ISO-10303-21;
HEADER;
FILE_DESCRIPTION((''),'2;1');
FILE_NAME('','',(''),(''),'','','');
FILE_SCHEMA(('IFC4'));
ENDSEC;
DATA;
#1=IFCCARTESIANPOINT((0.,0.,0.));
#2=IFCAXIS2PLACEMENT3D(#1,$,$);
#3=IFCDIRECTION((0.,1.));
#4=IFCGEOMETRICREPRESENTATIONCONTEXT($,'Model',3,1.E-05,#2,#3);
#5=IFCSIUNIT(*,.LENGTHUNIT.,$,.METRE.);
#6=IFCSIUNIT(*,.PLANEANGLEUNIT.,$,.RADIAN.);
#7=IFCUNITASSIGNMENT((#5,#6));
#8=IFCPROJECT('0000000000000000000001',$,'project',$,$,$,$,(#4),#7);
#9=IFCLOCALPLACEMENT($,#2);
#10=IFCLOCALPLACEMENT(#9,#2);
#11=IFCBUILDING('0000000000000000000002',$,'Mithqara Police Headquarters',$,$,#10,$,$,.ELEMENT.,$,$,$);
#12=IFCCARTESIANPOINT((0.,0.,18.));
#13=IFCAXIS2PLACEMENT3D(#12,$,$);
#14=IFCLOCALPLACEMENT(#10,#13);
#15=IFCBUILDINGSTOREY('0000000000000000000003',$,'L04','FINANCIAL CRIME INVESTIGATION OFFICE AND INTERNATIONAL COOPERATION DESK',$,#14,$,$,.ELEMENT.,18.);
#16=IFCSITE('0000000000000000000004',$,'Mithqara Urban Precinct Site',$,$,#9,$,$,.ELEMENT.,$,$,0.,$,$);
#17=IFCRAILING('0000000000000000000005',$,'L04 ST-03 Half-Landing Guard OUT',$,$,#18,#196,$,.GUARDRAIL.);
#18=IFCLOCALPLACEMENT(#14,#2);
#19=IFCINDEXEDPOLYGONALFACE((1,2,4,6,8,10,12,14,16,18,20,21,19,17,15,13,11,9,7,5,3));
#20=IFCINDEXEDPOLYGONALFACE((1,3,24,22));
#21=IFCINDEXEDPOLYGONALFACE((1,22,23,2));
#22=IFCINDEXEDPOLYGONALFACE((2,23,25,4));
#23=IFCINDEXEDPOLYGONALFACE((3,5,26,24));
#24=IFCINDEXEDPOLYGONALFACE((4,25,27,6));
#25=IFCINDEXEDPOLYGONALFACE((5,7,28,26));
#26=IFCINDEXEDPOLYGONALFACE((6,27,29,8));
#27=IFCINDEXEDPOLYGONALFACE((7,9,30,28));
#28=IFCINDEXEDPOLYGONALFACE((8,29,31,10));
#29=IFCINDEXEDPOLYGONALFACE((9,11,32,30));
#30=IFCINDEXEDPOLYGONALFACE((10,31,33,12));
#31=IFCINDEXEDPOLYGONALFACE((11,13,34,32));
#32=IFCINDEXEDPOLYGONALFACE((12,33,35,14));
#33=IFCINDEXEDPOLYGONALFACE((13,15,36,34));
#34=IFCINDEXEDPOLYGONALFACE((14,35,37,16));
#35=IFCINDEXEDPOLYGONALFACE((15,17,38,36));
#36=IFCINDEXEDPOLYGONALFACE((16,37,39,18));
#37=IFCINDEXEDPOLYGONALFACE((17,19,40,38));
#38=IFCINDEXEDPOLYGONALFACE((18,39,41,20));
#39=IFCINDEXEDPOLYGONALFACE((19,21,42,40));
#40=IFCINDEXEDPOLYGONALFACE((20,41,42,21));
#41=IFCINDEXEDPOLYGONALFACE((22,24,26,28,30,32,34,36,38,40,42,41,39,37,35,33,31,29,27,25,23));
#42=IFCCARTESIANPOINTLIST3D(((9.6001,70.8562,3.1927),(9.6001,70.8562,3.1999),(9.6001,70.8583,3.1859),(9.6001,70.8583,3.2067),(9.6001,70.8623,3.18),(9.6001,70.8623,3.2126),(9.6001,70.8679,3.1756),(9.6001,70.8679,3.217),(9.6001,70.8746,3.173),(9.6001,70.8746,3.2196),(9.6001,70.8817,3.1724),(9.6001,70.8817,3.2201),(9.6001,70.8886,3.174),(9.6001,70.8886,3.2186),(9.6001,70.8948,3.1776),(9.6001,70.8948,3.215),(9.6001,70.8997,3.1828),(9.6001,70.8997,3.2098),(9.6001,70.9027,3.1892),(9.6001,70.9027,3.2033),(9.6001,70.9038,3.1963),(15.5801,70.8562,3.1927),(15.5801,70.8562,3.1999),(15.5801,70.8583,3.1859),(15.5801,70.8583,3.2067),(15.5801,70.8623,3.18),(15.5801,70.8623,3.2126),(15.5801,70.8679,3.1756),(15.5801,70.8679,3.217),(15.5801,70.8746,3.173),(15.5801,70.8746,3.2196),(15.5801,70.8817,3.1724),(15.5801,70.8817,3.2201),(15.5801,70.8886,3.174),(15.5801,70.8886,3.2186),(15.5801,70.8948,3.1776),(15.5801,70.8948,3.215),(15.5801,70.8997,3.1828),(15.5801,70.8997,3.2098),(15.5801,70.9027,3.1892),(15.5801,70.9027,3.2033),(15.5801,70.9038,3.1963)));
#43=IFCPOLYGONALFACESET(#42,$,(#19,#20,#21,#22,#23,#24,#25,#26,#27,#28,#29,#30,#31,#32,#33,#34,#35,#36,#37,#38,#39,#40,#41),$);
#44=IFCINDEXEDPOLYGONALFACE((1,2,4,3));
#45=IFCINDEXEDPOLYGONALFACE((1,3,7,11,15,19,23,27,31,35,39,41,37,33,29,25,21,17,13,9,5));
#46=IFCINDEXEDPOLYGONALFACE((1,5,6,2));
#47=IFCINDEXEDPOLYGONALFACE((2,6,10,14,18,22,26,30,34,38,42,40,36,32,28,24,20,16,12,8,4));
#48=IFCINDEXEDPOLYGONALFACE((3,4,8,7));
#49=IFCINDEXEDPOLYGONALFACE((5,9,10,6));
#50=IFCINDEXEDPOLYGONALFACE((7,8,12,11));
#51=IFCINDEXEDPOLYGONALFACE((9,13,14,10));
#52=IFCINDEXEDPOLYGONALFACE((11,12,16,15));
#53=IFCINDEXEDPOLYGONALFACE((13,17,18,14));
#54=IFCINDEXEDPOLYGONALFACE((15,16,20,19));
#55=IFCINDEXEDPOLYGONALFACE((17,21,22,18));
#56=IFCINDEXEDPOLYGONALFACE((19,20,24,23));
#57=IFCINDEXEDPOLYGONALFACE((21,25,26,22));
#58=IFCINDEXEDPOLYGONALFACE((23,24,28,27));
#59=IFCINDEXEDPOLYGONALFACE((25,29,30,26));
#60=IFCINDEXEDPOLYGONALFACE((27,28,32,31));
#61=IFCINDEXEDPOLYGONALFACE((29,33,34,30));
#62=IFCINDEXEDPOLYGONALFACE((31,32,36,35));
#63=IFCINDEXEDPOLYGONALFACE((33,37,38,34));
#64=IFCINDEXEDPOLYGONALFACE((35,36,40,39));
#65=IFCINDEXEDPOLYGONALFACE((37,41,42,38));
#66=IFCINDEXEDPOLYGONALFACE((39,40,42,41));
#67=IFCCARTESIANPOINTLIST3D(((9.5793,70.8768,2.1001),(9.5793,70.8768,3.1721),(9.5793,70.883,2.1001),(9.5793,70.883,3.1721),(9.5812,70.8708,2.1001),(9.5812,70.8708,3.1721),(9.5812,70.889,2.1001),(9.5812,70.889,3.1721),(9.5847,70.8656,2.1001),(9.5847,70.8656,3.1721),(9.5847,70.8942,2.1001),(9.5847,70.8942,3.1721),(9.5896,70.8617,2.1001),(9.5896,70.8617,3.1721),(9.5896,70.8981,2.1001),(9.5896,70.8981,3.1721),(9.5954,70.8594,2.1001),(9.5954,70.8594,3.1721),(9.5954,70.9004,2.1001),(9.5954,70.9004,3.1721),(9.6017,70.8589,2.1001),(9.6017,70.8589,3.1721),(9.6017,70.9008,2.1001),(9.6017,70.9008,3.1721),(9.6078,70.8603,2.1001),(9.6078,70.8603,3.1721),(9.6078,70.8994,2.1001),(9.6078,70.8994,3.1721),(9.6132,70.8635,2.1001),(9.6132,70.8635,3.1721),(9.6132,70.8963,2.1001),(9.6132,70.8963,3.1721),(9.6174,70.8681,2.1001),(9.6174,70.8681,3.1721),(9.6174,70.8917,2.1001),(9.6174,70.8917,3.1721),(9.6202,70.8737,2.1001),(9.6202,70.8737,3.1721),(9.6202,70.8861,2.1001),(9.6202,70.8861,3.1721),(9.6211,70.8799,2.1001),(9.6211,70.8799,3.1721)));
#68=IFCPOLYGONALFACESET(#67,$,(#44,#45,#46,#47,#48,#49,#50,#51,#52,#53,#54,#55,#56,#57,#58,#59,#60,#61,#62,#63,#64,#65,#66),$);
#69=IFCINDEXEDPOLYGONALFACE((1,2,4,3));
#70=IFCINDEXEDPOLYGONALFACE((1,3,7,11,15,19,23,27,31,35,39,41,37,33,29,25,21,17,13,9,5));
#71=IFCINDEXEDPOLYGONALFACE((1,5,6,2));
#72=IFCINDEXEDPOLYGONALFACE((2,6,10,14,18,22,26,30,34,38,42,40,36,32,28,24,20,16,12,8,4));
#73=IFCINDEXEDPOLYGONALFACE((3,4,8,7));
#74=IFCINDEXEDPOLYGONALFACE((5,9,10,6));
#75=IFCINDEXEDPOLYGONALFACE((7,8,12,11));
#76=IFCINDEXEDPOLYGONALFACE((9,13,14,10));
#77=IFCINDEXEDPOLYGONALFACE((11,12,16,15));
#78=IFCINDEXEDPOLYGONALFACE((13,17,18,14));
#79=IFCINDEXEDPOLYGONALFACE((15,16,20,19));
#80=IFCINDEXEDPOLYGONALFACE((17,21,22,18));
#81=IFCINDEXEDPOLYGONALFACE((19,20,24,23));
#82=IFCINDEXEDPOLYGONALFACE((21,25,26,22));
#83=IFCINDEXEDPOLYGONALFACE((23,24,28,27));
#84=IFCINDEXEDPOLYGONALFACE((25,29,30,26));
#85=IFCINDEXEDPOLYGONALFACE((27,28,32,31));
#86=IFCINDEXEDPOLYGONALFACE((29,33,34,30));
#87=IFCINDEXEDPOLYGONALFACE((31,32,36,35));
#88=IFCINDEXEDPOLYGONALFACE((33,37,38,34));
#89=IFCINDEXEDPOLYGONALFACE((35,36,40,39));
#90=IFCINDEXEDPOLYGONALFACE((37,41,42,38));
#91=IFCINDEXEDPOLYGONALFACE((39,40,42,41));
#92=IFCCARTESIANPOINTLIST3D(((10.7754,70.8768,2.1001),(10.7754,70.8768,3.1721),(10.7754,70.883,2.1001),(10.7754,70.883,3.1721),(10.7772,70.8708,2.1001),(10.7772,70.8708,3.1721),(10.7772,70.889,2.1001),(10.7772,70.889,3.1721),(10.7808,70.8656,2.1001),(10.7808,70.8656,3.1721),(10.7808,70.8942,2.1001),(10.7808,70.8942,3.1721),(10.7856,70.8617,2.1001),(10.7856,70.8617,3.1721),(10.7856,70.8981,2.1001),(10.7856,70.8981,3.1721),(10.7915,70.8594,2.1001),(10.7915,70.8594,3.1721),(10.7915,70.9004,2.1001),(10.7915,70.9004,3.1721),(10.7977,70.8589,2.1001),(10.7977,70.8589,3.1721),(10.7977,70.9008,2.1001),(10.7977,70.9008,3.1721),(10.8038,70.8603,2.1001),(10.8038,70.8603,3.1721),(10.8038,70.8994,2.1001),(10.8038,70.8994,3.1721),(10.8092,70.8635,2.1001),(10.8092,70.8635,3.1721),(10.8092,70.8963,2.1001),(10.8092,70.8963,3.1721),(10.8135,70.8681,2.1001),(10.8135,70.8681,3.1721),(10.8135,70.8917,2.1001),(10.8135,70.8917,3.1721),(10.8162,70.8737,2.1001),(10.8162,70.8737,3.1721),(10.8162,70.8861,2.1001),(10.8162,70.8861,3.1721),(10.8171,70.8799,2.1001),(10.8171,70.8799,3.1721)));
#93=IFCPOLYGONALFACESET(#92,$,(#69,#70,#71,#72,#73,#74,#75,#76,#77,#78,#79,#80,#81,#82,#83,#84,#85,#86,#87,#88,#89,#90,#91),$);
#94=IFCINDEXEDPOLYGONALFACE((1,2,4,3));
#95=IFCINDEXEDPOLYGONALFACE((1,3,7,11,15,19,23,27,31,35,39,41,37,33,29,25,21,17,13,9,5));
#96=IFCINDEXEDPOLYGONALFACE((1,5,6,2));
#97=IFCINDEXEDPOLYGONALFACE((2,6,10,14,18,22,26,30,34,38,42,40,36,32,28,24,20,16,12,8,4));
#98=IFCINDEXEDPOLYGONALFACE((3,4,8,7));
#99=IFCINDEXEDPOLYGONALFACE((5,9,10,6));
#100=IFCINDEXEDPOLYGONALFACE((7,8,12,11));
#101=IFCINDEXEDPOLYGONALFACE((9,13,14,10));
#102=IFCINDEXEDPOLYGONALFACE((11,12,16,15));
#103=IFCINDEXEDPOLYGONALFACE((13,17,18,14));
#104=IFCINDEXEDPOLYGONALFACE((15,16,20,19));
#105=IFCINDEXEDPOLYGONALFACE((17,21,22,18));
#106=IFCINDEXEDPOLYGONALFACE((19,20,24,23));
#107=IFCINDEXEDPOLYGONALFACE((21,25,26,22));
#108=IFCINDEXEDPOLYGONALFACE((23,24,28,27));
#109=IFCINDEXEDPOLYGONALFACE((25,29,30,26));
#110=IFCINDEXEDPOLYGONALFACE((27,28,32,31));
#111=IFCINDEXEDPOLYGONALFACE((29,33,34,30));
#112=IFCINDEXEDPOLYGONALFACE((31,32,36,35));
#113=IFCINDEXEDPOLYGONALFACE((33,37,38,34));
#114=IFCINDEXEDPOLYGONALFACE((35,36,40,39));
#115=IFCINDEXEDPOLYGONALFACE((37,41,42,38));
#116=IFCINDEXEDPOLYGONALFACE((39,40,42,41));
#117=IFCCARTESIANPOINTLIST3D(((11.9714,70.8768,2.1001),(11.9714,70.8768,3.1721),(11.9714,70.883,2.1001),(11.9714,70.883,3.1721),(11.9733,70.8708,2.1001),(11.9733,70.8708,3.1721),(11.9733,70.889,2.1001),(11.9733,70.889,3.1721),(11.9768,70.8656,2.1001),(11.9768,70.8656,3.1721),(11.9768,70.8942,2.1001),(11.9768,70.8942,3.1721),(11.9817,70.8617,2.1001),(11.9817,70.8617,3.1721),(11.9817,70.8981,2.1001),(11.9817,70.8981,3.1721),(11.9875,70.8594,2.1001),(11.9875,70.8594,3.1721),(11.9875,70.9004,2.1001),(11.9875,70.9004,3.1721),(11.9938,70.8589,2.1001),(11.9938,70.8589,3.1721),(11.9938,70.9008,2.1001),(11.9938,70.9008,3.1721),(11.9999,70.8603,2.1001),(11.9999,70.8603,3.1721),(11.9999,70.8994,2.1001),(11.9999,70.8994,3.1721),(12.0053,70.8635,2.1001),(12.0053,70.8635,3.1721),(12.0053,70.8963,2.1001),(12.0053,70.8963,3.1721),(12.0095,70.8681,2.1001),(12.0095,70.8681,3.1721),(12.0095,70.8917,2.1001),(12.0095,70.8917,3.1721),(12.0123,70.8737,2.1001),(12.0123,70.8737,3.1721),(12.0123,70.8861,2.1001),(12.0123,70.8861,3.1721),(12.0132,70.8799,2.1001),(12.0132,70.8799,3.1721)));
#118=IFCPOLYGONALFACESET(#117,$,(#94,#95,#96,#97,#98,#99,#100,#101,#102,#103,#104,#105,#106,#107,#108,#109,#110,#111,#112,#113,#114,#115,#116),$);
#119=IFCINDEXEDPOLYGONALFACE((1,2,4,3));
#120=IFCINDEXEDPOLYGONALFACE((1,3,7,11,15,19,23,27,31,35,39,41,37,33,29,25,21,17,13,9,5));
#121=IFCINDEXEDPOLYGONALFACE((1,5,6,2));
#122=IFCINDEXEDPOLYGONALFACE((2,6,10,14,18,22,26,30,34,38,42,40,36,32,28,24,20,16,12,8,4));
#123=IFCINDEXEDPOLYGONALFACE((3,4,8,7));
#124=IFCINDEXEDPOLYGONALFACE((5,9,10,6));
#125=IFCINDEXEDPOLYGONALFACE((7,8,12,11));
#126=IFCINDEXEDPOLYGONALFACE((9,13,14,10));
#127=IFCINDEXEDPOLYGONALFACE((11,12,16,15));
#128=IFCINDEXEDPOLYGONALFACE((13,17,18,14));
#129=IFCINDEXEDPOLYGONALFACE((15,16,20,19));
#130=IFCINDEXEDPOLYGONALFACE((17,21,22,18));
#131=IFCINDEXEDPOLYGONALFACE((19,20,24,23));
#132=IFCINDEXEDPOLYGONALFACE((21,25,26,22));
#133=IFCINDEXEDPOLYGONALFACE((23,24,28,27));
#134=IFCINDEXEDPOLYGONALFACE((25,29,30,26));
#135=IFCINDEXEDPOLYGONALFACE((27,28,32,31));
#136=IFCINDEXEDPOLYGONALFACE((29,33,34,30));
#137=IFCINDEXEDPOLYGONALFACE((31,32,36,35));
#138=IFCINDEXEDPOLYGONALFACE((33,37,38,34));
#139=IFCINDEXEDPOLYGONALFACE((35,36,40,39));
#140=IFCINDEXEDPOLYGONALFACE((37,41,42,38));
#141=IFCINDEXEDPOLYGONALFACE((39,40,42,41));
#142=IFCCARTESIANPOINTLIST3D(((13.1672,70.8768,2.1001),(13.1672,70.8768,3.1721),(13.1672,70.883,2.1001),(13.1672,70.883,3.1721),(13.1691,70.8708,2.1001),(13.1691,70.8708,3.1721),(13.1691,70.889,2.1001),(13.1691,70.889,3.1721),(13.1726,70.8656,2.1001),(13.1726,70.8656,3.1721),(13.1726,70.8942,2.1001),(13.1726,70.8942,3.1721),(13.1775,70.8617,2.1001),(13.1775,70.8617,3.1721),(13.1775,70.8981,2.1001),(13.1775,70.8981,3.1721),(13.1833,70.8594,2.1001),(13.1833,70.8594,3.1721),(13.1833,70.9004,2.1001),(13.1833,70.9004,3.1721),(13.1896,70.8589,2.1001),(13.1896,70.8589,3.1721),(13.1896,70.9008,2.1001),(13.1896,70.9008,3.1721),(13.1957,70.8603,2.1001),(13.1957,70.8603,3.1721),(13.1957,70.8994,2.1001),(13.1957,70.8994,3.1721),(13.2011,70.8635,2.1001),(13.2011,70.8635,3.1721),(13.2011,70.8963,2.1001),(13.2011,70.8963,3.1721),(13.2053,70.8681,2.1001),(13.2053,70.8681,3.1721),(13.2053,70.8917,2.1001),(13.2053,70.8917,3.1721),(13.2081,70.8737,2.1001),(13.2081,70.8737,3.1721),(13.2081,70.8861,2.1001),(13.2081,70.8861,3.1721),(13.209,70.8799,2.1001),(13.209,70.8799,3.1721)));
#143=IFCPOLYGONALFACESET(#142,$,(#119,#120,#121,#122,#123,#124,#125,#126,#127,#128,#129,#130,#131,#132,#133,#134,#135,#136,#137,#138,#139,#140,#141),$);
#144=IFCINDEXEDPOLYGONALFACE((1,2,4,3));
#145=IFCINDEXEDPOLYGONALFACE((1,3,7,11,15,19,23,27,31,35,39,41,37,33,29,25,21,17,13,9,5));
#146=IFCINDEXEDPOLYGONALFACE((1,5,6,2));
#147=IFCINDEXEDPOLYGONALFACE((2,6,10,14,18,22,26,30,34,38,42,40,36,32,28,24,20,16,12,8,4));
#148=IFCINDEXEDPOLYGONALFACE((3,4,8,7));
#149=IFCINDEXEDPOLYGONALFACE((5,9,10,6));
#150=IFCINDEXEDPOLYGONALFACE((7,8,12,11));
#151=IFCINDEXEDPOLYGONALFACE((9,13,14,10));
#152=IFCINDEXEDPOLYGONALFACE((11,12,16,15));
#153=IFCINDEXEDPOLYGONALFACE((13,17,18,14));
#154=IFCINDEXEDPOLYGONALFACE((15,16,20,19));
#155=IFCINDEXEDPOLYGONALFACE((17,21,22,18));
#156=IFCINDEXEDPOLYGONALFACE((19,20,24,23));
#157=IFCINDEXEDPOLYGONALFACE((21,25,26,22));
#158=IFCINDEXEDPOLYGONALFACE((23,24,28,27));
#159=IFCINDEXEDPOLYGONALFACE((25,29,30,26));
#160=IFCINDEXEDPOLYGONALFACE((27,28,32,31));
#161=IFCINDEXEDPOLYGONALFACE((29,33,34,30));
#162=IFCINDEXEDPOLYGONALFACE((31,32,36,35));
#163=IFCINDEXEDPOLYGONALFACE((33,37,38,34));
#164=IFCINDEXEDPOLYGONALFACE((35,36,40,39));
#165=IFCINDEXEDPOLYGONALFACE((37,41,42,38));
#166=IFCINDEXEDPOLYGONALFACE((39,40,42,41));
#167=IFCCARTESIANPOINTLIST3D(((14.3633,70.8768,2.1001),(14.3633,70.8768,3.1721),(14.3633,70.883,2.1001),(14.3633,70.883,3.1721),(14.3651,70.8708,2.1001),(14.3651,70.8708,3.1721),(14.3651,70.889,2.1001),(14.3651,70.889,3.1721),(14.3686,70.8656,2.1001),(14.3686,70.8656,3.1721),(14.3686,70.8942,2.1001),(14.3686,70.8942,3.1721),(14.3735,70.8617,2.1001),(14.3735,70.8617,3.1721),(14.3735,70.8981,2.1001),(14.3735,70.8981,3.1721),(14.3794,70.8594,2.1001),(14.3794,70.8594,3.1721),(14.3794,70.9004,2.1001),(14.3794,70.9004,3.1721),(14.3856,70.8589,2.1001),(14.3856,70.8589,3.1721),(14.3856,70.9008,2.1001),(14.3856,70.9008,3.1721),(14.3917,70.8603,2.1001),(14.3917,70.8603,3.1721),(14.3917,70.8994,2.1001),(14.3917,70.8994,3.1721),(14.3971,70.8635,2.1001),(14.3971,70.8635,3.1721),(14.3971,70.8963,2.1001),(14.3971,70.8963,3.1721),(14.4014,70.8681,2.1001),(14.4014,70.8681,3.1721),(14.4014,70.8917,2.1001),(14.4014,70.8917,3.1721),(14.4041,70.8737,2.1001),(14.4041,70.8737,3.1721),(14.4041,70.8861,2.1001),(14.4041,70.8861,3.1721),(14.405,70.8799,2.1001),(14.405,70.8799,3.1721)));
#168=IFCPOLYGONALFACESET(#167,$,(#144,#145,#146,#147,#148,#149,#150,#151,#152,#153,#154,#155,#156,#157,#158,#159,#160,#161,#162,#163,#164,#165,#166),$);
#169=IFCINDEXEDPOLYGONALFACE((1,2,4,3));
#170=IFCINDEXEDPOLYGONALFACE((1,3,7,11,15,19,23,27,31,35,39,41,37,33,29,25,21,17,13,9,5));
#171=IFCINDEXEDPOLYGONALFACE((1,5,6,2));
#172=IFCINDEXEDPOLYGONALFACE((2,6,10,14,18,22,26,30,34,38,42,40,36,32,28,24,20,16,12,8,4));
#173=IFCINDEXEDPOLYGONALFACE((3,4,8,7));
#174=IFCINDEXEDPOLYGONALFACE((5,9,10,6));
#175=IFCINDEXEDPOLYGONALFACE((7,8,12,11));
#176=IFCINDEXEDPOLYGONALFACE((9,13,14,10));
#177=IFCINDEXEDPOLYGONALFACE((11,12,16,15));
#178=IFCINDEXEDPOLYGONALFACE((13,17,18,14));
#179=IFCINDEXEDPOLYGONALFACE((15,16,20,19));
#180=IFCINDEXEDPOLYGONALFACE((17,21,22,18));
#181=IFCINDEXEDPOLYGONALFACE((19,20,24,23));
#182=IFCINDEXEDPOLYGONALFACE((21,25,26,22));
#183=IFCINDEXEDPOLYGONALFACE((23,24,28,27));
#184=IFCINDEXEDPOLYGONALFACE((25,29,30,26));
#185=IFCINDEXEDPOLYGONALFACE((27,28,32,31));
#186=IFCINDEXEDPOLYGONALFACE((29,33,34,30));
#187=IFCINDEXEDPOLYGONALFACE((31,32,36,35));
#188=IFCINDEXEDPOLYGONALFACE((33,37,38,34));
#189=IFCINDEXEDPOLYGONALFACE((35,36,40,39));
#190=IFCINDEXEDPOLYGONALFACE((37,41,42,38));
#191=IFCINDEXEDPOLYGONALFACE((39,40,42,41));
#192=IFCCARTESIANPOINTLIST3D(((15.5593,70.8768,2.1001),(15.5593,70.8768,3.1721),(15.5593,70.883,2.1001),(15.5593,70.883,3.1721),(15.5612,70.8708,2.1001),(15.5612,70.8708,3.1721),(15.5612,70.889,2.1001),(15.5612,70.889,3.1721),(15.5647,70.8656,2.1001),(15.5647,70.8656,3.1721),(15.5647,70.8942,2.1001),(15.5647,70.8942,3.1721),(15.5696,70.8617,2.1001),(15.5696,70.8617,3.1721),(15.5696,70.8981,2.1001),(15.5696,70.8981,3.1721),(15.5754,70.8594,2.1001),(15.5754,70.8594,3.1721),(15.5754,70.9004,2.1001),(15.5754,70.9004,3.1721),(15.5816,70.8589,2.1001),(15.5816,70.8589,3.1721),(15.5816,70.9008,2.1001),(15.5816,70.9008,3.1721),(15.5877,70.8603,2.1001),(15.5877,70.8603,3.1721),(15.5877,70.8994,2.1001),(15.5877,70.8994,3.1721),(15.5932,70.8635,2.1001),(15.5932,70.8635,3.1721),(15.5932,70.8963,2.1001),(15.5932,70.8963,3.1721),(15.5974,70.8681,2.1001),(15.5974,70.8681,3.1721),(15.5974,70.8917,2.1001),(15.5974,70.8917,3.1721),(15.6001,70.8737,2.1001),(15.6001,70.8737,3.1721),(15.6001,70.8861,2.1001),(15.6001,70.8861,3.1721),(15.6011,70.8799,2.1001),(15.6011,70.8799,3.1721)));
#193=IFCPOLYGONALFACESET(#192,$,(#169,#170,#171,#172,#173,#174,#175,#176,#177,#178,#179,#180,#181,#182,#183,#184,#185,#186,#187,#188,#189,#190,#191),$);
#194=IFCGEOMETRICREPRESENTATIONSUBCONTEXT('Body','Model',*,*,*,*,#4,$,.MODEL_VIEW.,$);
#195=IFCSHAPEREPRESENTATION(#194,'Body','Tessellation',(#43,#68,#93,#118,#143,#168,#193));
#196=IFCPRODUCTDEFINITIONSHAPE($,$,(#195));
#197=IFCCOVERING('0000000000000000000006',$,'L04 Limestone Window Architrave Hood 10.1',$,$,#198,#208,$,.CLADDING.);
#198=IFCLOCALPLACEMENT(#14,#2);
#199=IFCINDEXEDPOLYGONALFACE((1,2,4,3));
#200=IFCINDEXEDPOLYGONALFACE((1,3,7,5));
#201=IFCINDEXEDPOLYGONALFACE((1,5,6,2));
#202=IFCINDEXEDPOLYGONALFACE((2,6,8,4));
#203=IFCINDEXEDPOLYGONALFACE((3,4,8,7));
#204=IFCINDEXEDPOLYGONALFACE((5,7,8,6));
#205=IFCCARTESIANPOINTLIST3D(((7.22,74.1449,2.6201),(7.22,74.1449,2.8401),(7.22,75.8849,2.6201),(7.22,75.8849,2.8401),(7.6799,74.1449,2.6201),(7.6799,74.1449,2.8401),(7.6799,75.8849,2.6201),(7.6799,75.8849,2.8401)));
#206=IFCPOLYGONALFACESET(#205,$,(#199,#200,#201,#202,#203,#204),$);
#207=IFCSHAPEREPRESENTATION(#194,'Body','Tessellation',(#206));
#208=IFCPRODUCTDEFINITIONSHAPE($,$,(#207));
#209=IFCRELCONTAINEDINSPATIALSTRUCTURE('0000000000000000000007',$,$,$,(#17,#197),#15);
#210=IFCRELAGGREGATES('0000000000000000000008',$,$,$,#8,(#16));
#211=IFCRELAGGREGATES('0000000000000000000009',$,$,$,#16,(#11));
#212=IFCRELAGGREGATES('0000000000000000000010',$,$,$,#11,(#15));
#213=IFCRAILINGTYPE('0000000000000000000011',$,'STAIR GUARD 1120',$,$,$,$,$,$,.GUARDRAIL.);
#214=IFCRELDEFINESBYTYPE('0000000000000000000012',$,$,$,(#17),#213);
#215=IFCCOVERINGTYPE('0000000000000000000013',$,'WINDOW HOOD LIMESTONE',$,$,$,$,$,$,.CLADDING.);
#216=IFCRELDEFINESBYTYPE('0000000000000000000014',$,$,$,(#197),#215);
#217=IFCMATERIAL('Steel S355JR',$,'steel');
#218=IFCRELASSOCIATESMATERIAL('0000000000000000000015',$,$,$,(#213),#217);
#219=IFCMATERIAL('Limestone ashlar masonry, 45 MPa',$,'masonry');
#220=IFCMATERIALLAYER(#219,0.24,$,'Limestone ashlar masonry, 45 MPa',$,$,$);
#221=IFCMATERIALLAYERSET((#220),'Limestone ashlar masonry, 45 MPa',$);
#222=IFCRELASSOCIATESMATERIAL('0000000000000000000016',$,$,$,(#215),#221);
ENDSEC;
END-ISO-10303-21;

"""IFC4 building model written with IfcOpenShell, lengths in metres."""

from ifc_helpers import new_model, si_unit, direction, frame, origin, origin_2d, place, context, subcontext, project, spatial, rectangle, circle, extrude, material, layer, layer_set, type_object, element, save


model = new_model("IFC4")

# Units and contexts
model_context = context("Model", 3, precision=1e-05, world=origin(), true_north=direction((0.0, 1.0)))
body_context = subcontext(model_context, "Body", "Model", "MODEL_VIEW")
ifc_project = project(units=[si_unit("LENGTHUNIT", "METRE"), si_unit("PLANEANGLEUNIT", "RADIAN")], contexts=[model_context])

# Site, building, storey
site_placement = place(None, origin())
site = spatial("IfcSite", under=ifc_project, at=site_placement, Name="Mithqara Urban Precinct Site", CompositionType="ELEMENT", RefElevation=0.0)
building_placement = place(site_placement, origin())
building = spatial("IfcBuilding", under=site, at=building_placement, Name="Mithqara Police Headquarters", CompositionType="ELEMENT")
storey_placement = place(building_placement, frame((0.0, 0.0, 18.0)))
storey = spatial("IfcBuildingStorey", under=building, at=storey_placement, Name="L04", Description="FINANCIAL CRIME INVESTIGATION OFFICE AND INTERNATIONAL COOPERATION DESK", CompositionType="ELEMENT", Elevation=18.0)

# Shared definitions
ifc_material_1 = material(Name="Steel S355JR", Category="steel")

# Shared definitions
ifc_material_2 = material(Name="Limestone ashlar masonry, 45 MPa", Category="masonry")

# Railing
railing_type_1 = type_object("IfcRailingType", Name="STAIR GUARD 1120", PredefinedType="GUARDRAIL", material=ifc_material_1)
for number, where, name in (
    (1, (9.6001, 70.8799, 2.1001), "L04 ST-03 Half-Landing Guard OUT"),
):
    element("IfcRailing", number, at=place(storey_placement, frame(where)), inside=storey, type_object=railing_type_1, Name=name, PredefinedType="GUARDRAIL", context=body_context, shape_type="SweptSolid", body=[
        extrude(circle(Radius=0.0239, at=origin_2d()), frame((0.0, 0.0, 1.0962), z_axis=(1.0, 0.0, 0.0), x_axis=(0.0, 1.0, 0.0)), (0.0, 0.0, 1.0), 5.98),
        extrude(circle(Radius=0.021, at=origin_2d()), origin(), (0.0, 0.0, 1.0), 1.072),
        extrude(circle(Radius=0.021, at=origin_2d()), frame((1.196, 0.0, 0.0)), (0.0, 0.0, 1.0), 1.072),
        extrude(circle(Radius=0.021, at=origin_2d()), frame((2.3921, 0.0, 0.0)), (0.0, 0.0, 1.0), 1.072),
        extrude(circle(Radius=0.021, at=origin_2d()), frame((3.5879, 0.0, 0.0)), (0.0, 0.0, 1.0), 1.072),
        extrude(circle(Radius=0.021, at=origin_2d()), frame((4.7839, 0.0, 0.0)), (0.0, 0.0, 1.0), 1.072),
        extrude(circle(Radius=0.021, at=origin_2d()), frame((5.98, 0.0, 0.0)), (0.0, 0.0, 1.0), 1.072),
    ])

# Covering
ifc_layer_1 = layer(ifc_material_2, 0.24, Name="Limestone ashlar masonry, 45 MPa")
ifc_layer_set_1 = layer_set([ifc_layer_1], Name="Limestone ashlar masonry, 45 MPa")
covering_type = type_object("IfcCoveringType", Name="WINDOW HOOD LIMESTONE", PredefinedType="CLADDING", material=ifc_layer_set_1)
covering_1_placement = place(storey_placement, frame((7.45, 75.0149, 2.6201), z_axis=(0.0, 0.0, 1.0), x_axis=(0.0, 1.0, 0.0)))
element("IfcCovering", 2, at=covering_1_placement, inside=storey, type_object=covering_type, Name="L04 Limestone Window Architrave Hood 10.1", PredefinedType="CLADDING", context=body_context, shape_type="SweptSolid", body=[
    extrude(rectangle(XDim=1.74, YDim=0.46, at=origin_2d()), origin(), (0.0, 0.0, 1.0), 0.22),
])

save(model, "model.ifc")
